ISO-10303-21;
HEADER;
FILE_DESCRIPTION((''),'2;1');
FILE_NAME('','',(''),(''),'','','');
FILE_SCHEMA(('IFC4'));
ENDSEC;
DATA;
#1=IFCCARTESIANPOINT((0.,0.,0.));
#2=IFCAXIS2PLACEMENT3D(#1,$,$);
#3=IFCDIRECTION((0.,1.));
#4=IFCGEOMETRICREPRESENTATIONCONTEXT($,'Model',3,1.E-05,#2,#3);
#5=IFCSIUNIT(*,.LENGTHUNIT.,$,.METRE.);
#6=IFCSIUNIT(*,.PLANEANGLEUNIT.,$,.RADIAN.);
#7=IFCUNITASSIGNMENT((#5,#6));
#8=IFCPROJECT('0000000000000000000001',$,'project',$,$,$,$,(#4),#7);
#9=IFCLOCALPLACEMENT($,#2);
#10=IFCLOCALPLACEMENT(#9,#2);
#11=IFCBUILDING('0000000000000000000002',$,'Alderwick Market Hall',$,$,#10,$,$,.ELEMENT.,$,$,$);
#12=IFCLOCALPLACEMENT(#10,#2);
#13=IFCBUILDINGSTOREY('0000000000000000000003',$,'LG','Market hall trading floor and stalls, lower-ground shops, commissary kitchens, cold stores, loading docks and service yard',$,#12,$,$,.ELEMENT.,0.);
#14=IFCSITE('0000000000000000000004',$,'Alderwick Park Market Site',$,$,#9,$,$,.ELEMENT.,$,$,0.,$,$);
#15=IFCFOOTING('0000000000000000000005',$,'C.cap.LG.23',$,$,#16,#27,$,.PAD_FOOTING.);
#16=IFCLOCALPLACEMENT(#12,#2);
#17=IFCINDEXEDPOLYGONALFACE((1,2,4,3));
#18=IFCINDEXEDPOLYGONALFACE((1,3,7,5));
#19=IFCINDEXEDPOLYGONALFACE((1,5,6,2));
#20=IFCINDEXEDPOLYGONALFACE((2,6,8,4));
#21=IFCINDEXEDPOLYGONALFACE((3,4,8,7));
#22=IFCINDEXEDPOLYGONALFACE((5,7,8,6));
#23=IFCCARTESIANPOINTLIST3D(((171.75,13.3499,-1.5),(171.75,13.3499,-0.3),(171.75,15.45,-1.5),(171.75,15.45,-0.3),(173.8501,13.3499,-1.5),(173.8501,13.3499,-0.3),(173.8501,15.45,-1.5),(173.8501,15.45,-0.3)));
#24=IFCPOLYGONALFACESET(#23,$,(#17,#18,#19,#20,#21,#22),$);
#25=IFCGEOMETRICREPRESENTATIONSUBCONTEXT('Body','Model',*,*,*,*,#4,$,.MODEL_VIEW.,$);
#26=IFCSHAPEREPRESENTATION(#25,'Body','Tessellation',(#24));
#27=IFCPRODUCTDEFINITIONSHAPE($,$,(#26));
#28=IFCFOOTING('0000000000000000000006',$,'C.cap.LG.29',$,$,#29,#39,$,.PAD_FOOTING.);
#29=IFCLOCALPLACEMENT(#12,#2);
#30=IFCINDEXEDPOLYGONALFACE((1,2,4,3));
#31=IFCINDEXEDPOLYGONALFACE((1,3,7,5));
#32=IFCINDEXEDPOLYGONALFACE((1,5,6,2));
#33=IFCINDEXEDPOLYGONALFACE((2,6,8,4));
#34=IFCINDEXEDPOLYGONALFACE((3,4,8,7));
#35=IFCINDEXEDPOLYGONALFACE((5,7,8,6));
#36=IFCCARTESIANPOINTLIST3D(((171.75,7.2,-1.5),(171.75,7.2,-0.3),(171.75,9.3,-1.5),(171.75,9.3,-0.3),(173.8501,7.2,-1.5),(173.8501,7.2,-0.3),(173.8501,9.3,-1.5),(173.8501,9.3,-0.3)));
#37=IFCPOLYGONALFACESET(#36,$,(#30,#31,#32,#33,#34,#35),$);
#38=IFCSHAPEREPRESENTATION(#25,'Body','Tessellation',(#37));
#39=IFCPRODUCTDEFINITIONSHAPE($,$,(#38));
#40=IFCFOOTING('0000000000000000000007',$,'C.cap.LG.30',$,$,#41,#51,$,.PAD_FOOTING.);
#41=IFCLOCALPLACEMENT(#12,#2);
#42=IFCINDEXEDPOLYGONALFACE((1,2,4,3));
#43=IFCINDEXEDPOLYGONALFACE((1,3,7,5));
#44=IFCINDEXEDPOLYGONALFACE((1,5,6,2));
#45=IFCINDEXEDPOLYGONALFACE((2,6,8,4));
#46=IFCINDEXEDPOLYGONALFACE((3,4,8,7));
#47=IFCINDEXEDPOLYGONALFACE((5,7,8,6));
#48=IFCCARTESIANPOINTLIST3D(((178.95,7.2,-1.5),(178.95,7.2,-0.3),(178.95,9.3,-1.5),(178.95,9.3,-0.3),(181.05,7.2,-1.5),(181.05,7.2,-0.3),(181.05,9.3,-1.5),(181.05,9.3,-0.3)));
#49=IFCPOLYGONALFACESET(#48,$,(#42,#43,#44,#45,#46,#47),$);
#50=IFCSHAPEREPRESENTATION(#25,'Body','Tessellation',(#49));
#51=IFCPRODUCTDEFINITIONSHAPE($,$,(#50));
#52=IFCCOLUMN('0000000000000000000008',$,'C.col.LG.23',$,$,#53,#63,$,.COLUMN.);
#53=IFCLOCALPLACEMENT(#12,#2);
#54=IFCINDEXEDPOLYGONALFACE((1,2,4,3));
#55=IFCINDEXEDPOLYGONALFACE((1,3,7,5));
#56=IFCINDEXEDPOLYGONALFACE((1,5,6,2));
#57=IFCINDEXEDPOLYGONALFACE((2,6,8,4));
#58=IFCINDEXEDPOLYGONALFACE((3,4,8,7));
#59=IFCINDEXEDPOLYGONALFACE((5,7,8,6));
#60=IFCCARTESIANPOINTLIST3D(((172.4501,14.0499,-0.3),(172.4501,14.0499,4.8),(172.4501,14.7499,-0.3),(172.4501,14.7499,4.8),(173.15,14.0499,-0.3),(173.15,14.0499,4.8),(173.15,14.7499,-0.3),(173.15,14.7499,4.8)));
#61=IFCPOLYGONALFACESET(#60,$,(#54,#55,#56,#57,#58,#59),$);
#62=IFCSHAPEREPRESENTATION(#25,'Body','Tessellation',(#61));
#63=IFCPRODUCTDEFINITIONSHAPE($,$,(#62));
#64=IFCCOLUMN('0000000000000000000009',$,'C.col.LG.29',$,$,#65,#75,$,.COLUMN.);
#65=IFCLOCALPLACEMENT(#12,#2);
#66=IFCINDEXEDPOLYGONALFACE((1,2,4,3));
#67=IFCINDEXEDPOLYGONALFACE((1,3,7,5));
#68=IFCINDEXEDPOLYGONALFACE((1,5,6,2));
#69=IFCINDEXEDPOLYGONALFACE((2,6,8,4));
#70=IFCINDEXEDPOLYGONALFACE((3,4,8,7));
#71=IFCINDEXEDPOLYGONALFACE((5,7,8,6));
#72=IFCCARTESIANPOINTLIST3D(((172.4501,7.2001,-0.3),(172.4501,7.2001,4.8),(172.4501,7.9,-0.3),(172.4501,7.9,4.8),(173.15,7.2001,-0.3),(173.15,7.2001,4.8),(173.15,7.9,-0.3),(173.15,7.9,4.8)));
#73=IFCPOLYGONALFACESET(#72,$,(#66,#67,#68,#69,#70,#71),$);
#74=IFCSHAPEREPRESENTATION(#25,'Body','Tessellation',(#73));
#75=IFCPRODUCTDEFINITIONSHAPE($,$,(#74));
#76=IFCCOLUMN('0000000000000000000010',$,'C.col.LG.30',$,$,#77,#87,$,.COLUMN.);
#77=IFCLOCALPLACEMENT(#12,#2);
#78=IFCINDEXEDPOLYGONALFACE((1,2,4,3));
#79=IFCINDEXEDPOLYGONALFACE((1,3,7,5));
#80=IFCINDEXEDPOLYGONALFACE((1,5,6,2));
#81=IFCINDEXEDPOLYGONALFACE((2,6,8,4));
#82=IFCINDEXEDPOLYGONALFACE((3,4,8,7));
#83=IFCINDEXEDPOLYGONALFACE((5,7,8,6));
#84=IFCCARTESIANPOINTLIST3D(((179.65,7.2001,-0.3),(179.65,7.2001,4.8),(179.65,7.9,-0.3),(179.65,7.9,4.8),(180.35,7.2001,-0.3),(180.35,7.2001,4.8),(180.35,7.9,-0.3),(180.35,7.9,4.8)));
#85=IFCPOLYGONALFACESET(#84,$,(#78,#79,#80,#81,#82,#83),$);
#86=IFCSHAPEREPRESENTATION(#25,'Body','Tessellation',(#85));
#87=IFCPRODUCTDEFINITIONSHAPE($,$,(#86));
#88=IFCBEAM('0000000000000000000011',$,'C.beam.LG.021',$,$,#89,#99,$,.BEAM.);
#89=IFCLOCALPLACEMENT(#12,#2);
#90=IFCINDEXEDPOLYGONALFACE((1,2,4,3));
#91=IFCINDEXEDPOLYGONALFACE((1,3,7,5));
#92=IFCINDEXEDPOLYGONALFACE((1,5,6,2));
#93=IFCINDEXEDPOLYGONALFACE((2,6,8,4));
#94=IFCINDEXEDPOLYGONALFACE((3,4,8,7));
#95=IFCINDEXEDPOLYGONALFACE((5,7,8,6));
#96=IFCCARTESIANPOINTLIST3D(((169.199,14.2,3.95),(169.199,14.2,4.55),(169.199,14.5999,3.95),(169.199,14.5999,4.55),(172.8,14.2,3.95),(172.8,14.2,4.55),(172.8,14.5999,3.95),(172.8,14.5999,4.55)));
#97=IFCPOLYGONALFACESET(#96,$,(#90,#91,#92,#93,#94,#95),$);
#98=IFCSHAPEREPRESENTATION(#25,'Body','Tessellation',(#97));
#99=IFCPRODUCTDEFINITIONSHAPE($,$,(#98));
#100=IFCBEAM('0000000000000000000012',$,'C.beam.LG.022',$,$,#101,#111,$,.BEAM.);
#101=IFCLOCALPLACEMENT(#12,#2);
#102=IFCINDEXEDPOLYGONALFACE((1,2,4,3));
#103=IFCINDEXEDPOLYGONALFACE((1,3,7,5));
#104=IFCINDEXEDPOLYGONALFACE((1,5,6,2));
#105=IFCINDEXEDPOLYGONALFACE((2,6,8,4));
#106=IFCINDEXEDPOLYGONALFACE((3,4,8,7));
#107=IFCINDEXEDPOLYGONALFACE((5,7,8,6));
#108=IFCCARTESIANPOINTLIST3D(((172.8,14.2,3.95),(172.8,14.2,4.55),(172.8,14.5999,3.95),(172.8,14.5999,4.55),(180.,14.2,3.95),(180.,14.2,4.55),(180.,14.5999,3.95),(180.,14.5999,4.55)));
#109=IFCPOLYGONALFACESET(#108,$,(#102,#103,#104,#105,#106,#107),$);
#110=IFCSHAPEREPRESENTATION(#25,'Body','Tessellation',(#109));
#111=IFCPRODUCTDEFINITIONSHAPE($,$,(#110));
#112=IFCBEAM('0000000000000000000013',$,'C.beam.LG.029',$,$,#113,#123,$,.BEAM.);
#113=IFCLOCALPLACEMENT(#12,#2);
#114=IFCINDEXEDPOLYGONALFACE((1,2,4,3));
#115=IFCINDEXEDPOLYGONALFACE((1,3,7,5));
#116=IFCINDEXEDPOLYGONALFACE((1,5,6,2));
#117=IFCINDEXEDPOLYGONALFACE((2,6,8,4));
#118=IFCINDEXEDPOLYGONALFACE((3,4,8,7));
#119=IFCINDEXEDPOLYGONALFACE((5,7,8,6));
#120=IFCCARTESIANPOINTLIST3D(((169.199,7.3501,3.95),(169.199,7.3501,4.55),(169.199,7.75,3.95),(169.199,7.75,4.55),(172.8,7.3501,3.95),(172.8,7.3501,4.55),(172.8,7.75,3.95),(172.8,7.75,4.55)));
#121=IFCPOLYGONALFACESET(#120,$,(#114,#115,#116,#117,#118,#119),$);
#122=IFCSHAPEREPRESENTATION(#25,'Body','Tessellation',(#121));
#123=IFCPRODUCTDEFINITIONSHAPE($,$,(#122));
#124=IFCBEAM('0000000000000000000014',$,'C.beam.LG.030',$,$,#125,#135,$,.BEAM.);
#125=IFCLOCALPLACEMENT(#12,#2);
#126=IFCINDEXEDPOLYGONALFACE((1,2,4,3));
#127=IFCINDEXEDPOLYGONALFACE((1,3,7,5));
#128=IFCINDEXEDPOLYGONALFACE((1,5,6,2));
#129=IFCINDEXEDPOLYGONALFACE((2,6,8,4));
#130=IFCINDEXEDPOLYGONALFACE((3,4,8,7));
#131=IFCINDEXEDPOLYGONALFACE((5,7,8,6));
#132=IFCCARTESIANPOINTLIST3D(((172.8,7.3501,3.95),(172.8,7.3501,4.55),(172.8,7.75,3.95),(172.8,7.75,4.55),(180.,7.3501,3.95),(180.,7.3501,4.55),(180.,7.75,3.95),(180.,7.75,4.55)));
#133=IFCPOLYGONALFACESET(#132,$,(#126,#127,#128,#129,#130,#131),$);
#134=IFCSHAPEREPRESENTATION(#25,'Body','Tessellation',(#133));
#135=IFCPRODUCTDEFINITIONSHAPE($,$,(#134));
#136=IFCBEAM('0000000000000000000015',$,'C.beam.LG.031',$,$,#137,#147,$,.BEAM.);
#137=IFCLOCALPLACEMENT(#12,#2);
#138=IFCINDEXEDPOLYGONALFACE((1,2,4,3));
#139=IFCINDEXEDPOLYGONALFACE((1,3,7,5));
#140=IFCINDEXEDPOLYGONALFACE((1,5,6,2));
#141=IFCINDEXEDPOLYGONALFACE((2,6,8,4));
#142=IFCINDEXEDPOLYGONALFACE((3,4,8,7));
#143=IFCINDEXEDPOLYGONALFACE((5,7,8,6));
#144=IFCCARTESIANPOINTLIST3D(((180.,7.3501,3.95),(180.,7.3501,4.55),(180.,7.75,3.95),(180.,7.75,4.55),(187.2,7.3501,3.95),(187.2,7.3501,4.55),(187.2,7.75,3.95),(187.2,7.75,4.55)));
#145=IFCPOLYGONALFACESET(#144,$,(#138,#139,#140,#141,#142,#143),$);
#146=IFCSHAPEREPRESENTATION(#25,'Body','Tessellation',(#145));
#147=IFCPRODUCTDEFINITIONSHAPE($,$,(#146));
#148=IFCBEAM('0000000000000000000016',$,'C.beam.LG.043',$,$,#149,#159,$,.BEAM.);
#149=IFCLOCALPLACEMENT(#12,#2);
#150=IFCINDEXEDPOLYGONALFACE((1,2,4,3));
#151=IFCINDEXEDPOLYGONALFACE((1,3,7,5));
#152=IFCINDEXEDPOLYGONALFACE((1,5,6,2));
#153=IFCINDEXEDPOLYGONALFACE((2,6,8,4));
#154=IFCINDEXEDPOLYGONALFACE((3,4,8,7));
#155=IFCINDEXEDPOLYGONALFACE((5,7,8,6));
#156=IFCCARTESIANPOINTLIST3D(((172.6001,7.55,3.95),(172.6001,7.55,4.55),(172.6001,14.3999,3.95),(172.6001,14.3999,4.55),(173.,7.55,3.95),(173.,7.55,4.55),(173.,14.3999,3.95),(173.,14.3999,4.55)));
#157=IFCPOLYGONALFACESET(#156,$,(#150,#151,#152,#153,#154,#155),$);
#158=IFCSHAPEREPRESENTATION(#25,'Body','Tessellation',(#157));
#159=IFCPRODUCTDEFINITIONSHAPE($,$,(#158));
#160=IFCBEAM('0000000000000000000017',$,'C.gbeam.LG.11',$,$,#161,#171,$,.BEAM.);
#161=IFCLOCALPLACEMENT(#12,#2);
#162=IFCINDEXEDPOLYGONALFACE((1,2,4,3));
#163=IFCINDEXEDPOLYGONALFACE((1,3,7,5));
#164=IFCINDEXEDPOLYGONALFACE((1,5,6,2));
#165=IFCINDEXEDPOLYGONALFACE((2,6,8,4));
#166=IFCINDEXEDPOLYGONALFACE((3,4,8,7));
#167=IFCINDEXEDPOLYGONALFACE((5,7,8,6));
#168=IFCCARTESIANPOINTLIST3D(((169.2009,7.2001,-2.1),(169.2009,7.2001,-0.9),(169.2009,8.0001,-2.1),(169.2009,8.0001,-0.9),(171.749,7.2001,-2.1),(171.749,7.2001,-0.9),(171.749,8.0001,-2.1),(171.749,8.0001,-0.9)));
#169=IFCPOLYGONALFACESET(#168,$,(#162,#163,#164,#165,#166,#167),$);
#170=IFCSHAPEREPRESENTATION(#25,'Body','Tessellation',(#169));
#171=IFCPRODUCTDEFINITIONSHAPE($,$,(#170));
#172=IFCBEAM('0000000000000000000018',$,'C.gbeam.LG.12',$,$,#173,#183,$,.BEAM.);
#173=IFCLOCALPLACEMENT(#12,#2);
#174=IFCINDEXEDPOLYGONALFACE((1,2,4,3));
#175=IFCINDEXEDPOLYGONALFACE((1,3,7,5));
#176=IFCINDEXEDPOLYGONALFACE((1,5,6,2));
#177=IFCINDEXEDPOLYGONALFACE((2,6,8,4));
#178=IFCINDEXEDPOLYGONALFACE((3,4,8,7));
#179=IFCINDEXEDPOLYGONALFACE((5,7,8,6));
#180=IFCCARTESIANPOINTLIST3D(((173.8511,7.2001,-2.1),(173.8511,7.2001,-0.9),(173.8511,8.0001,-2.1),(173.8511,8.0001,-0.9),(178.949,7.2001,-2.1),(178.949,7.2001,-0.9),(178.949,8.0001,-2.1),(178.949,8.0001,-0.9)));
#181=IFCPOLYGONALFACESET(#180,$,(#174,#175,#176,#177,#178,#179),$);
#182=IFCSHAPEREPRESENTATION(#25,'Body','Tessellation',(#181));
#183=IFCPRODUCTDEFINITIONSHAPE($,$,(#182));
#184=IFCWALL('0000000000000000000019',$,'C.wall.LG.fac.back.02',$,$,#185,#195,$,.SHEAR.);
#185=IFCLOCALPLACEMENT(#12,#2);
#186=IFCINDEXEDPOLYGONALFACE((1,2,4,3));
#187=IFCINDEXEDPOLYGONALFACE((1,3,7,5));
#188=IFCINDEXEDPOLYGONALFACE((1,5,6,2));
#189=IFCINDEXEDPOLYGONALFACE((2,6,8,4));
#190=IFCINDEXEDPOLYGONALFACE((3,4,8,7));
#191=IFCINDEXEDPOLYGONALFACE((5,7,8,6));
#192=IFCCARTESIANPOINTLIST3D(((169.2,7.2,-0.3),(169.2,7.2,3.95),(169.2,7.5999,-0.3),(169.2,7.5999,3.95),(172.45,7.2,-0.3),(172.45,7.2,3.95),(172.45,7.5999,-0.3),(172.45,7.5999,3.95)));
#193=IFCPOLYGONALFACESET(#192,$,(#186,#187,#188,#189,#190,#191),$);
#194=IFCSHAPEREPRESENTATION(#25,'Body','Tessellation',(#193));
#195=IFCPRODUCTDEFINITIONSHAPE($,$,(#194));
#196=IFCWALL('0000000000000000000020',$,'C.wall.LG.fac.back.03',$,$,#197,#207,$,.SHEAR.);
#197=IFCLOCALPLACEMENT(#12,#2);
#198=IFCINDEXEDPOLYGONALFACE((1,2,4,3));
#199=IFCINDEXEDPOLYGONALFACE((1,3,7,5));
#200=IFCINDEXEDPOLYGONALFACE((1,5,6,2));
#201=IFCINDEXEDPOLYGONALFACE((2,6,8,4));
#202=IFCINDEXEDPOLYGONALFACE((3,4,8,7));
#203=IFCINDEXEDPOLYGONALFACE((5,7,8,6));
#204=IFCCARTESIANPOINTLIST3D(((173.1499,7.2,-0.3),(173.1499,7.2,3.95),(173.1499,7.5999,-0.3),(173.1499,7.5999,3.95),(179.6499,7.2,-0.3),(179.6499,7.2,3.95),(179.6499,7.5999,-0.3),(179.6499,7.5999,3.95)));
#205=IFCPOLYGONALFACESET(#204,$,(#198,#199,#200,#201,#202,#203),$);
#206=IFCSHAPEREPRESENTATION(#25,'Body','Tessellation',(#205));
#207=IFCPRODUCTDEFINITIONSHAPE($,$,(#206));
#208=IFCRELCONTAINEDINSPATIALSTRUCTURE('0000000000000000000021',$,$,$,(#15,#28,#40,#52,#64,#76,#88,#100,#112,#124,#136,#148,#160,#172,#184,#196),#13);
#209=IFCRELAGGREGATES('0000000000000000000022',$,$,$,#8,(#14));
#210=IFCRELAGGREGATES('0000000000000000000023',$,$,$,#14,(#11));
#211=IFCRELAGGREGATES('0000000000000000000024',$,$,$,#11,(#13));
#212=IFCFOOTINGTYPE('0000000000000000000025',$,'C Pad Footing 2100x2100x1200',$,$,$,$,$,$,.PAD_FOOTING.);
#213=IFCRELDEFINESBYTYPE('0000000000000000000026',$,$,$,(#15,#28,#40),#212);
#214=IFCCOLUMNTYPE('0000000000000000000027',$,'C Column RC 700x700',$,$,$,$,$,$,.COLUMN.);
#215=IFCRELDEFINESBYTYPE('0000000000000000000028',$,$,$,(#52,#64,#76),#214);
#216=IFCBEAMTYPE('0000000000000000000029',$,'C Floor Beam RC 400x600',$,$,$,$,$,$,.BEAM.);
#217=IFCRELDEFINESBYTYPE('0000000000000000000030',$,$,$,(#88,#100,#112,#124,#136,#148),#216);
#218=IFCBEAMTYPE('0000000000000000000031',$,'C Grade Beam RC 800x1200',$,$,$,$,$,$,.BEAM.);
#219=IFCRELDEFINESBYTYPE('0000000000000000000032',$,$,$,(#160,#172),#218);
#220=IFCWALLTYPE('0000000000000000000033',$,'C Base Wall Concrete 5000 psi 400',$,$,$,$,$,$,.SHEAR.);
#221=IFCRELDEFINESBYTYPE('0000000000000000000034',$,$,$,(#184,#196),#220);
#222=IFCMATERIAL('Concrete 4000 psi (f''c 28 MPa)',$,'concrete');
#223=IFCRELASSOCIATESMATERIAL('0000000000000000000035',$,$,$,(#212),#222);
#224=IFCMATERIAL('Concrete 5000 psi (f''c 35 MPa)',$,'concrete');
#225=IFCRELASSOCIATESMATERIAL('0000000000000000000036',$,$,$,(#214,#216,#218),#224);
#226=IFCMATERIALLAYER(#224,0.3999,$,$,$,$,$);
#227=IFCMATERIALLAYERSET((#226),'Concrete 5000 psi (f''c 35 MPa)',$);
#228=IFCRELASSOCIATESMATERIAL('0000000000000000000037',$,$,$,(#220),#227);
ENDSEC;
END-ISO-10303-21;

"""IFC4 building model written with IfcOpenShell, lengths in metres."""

from ifc_helpers import new_model, si_unit, direction, frame, frame_2d, origin, origin_2d, place, context, subcontext, project, spatial, rectangle, extrude, material, layer, layer_set, material_profile, profile_set, type_object, element, save


model = new_model("IFC4")

# Units and contexts
model_context = context("Model", 3, precision=1e-05, world=origin(), true_north=direction((0.0, 1.0)))
body_context = subcontext(model_context, "Body", "Model", "MODEL_VIEW")
ifc_project = project(units=[si_unit("LENGTHUNIT", "METRE"), si_unit("PLANEANGLEUNIT", "RADIAN")], contexts=[model_context])

# Site, building, storey
site_placement = place(None, origin())
site = spatial("IfcSite", under=ifc_project, at=site_placement, Name="Alderwick Park Market Site", CompositionType="ELEMENT", RefElevation=0.0)
building_placement = place(site_placement, origin())
building = spatial("IfcBuilding", under=site, at=building_placement, Name="Alderwick Market Hall", CompositionType="ELEMENT")
storey_placement = place(building_placement, origin())
storey = spatial("IfcBuildingStorey", under=building, at=storey_placement, Name="LG", Description="Market hall trading floor and stalls, lower-ground shops, commissary kitchens, cold stores, loading docks and service yard", CompositionType="ELEMENT", Elevation=0.0)

# Footings
ifc_material_1 = material(Name="Concrete 4000 psi (f'c 28 MPa)", Category="concrete")
footing_type = type_object("IfcFootingType", Name="C Pad Footing 2100x2100x1200", PredefinedType="PAD_FOOTING", material=ifc_material_1)
for number, where, z_axis, x_axis, name in (
    (1, (172.8, 14.3999, -1.5), (0.0, 0.0, 1.0), (1.0, 0.0, 0.0), "C.cap.LG.23"),
    (2, (172.8, 8.25, -1.5), (0.0, 0.0, 1.0), (1.0, 0.0, 0.0), "C.cap.LG.29"),
    (3, (180.0, 8.25, -1.5), (0.0, 0.0, 1.0), (1.0, 0.0, 0.0), "C.cap.LG.30"),
):
    element("IfcFooting", number, at=place(storey_placement, frame(where, z_axis=z_axis, x_axis=x_axis)), inside=storey, type_object=footing_type, Name=name, PredefinedType="PAD_FOOTING", context=body_context, shape_type="SweptSolid", body=[
        extrude(rectangle(XDim=2.1001, YDim=2.1001, at=origin_2d()), origin(), (0.0, 0.0, 1.0), 1.2),
    ])

# Columns
ifc_material_2 = material(Name="Concrete 5000 psi (f'c 35 MPa)", Category="concrete")
ifc_material_profile_1 = material_profile(ifc_material_2, rectangle(XDim=0.7, YDim=0.7, at=origin_2d()), Name="RC 700x700")
ifc_profile_set_1 = profile_set([ifc_material_profile_1], Name="Concrete 5000 psi (f'c 35 MPa)")
column_type = type_object("IfcColumnType", Name="C Column RC 700x700", PredefinedType="COLUMN", material=ifc_profile_set_1)
for number, where, z_axis, x_axis, name in (
    (4, (172.8, 14.3999, -0.3), (0.0, 0.0, 1.0), (1.0, 0.0, 0.0), "C.col.LG.23"),
    (5, (172.8, 7.55, -0.3), (0.0, 0.0, 1.0), (1.0, 0.0, 0.0), "C.col.LG.29"),
    (6, (180.0, 7.55, -0.3), (0.0, 0.0, 1.0), (1.0, 0.0, 0.0), "C.col.LG.30"),
):
    element("IfcColumn", number, at=place(storey_placement, frame(where, z_axis=z_axis, x_axis=x_axis)), inside=storey, type_object=column_type, Name=name, PredefinedType="COLUMN", context=body_context, shape_type="SweptSolid", body=[
        extrude(rectangle(XDim=0.7, YDim=0.7, at=origin_2d()), origin(), (0.0, 0.0, 1.0), 5.1001),
    ])

# Beams
ifc_material_profile_2 = material_profile(ifc_material_2, rectangle(XDim=0.3999, YDim=0.6001, at=origin_2d()), Name="RC 400x600")
ifc_profile_set_2 = profile_set([ifc_material_profile_2], Name="Concrete 5000 psi (f'c 35 MPa)")
beam_type_1 = type_object("IfcBeamType", Name="C Floor Beam RC 400x600", PredefinedType="BEAM", material=ifc_profile_set_2)
beam_1_placement = place(storey_placement, frame((169.199, 14.3999, 4.25), z_axis=(1.0, 0.0, 0.0), x_axis=(0.0, 1.0, 0.0)))
element("IfcBeam", 7, at=beam_1_placement, inside=storey, type_object=beam_type_1, Name="C.beam.LG.021", PredefinedType="BEAM", context=body_context, shape_type="SweptSolid", body=[
    extrude(rectangle(XDim=0.3999, YDim=0.6001, at=origin_2d()), origin(), (0.0, 0.0, 1.0), 3.6011),
])
beam_2_placement = place(storey_placement, frame((172.8, 14.3999, 4.25), z_axis=(1.0, 0.0, 0.0), x_axis=(0.0, 1.0, 0.0)))
element("IfcBeam", 8, at=beam_2_placement, inside=storey, type_object=beam_type_1, Name="C.beam.LG.022", PredefinedType="BEAM", context=body_context, shape_type="SweptSolid", body=[
    extrude(rectangle(XDim=0.3999, YDim=0.6001, at=origin_2d()), origin(), (0.0, 0.0, 1.0), 7.2),
])
beam_3_placement = place(storey_placement, frame((169.199, 7.55, 4.25), z_axis=(1.0, 0.0, 0.0), x_axis=(0.0, 1.0, 0.0)))
element("IfcBeam", 9, at=beam_3_placement, inside=storey, type_object=beam_type_1, Name="C.beam.LG.029", PredefinedType="BEAM", context=body_context, shape_type="SweptSolid", body=[
    extrude(rectangle(XDim=0.3999, YDim=0.6001, at=origin_2d()), origin(), (0.0, 0.0, 1.0), 3.6011),
])
for number, where, z_axis, x_axis, name in (
    (10, (172.8, 7.55, 4.25), (1.0, 0.0, 0.0), (0.0, 1.0, 0.0), "C.beam.LG.030"),
    (11, (180.0, 7.55, 4.25), (1.0, 0.0, 0.0), (0.0, 1.0, 0.0), "C.beam.LG.031"),
):
    element("IfcBeam", number, at=place(storey_placement, frame(where, z_axis=z_axis, x_axis=x_axis)), inside=storey, type_object=beam_type_1, Name=name, PredefinedType="BEAM", context=body_context, shape_type="SweptSolid", body=[
        extrude(rectangle(XDim=0.3999, YDim=0.6001, at=origin_2d()), origin(), (0.0, 0.0, 1.0), 7.2),
    ])
beam_4_placement = place(storey_placement, frame((172.8, 14.3999, 4.25), z_axis=(0.0, -1.0, 0.0), x_axis=(1.0, 0.0, 0.0)))
element("IfcBeam", 12, at=beam_4_placement, inside=storey, type_object=beam_type_1, Name="C.beam.LG.043", PredefinedType="BEAM", context=body_context, shape_type="SweptSolid", body=[
    extrude(rectangle(XDim=0.3999, YDim=0.6001, at=origin_2d()), origin(), (0.0, 0.0, 1.0), 6.8499),
])
ifc_material_profile_3 = material_profile(ifc_material_2, rectangle(XDim=0.8, YDim=1.2, at=origin_2d()), Name="RC 800x1200")
ifc_profile_set_3 = profile_set([ifc_material_profile_3], Name="Concrete 5000 psi (f'c 35 MPa)")
beam_type_2 = type_object("IfcBeamType", Name="C Grade Beam RC 800x1200", PredefinedType="BEAM", material=ifc_profile_set_3)
beam_5_placement = place(storey_placement, frame((169.2009, 7.6001, -1.5), z_axis=(1.0, 0.0, 0.0), x_axis=(0.0, 1.0, 0.0)))
element("IfcBeam", 13, at=beam_5_placement, inside=storey, type_object=beam_type_2, Name="C.gbeam.LG.11", PredefinedType="BEAM", context=body_context, shape_type="SweptSolid", body=[
    extrude(rectangle(XDim=0.8, YDim=1.2, at=origin_2d()), origin(), (0.0, 0.0, 1.0), 2.5481),
])
beam_6_placement = place(storey_placement, frame((173.8511, 7.6001, -1.5), z_axis=(1.0, 0.0, 0.0), x_axis=(0.0, 1.0, 0.0)))
element("IfcBeam", 14, at=beam_6_placement, inside=storey, type_object=beam_type_2, Name="C.gbeam.LG.12", PredefinedType="BEAM", context=body_context, shape_type="SweptSolid", body=[
    extrude(rectangle(XDim=0.8, YDim=1.2, at=origin_2d()), origin(), (0.0, 0.0, 1.0), 5.0979),
])

# Walls
ifc_layer_1 = layer(ifc_material_2, 0.3999)
ifc_layer_set_1 = layer_set([ifc_layer_1], Name="Concrete 5000 psi (f'c 35 MPa)")
wall_type_1 = type_object("IfcWallType", Name="C Base Wall Concrete 5000 psi 400", PredefinedType="SHEAR", material=ifc_layer_set_1)
wall_1_placement = place(storey_placement, frame((172.45, 7.3999, -0.3), z_axis=(0.0, 0.0, 1.0), x_axis=(-1.0, 0.0, 0.0)))
element("IfcWall", 15, at=wall_1_placement, inside=storey, type_object=wall_type_1, Name="C.wall.LG.fac.back.02", PredefinedType="SHEAR", context=body_context, shape_type="SweptSolid", body=[
    extrude(rectangle(XDim=3.25, YDim=0.3999, at=frame_2d((1.625, 0.0))), origin(), (0.0, 0.0, 1.0), 4.25),
])
wall_2_placement = place(storey_placement, frame((179.6499, 7.3999, -0.3), z_axis=(0.0, 0.0, 1.0), x_axis=(-1.0, 0.0, 0.0)))
element("IfcWall", 16, at=wall_2_placement, inside=storey, type_object=wall_type_1, Name="C.wall.LG.fac.back.03", PredefinedType="SHEAR", context=body_context, shape_type="SweptSolid", body=[
    extrude(rectangle(XDim=6.5, YDim=0.3999, at=frame_2d((3.25, 0.0))), origin(), (0.0, 0.0, 1.0), 4.25),
])

save(model, "model.ifc")
